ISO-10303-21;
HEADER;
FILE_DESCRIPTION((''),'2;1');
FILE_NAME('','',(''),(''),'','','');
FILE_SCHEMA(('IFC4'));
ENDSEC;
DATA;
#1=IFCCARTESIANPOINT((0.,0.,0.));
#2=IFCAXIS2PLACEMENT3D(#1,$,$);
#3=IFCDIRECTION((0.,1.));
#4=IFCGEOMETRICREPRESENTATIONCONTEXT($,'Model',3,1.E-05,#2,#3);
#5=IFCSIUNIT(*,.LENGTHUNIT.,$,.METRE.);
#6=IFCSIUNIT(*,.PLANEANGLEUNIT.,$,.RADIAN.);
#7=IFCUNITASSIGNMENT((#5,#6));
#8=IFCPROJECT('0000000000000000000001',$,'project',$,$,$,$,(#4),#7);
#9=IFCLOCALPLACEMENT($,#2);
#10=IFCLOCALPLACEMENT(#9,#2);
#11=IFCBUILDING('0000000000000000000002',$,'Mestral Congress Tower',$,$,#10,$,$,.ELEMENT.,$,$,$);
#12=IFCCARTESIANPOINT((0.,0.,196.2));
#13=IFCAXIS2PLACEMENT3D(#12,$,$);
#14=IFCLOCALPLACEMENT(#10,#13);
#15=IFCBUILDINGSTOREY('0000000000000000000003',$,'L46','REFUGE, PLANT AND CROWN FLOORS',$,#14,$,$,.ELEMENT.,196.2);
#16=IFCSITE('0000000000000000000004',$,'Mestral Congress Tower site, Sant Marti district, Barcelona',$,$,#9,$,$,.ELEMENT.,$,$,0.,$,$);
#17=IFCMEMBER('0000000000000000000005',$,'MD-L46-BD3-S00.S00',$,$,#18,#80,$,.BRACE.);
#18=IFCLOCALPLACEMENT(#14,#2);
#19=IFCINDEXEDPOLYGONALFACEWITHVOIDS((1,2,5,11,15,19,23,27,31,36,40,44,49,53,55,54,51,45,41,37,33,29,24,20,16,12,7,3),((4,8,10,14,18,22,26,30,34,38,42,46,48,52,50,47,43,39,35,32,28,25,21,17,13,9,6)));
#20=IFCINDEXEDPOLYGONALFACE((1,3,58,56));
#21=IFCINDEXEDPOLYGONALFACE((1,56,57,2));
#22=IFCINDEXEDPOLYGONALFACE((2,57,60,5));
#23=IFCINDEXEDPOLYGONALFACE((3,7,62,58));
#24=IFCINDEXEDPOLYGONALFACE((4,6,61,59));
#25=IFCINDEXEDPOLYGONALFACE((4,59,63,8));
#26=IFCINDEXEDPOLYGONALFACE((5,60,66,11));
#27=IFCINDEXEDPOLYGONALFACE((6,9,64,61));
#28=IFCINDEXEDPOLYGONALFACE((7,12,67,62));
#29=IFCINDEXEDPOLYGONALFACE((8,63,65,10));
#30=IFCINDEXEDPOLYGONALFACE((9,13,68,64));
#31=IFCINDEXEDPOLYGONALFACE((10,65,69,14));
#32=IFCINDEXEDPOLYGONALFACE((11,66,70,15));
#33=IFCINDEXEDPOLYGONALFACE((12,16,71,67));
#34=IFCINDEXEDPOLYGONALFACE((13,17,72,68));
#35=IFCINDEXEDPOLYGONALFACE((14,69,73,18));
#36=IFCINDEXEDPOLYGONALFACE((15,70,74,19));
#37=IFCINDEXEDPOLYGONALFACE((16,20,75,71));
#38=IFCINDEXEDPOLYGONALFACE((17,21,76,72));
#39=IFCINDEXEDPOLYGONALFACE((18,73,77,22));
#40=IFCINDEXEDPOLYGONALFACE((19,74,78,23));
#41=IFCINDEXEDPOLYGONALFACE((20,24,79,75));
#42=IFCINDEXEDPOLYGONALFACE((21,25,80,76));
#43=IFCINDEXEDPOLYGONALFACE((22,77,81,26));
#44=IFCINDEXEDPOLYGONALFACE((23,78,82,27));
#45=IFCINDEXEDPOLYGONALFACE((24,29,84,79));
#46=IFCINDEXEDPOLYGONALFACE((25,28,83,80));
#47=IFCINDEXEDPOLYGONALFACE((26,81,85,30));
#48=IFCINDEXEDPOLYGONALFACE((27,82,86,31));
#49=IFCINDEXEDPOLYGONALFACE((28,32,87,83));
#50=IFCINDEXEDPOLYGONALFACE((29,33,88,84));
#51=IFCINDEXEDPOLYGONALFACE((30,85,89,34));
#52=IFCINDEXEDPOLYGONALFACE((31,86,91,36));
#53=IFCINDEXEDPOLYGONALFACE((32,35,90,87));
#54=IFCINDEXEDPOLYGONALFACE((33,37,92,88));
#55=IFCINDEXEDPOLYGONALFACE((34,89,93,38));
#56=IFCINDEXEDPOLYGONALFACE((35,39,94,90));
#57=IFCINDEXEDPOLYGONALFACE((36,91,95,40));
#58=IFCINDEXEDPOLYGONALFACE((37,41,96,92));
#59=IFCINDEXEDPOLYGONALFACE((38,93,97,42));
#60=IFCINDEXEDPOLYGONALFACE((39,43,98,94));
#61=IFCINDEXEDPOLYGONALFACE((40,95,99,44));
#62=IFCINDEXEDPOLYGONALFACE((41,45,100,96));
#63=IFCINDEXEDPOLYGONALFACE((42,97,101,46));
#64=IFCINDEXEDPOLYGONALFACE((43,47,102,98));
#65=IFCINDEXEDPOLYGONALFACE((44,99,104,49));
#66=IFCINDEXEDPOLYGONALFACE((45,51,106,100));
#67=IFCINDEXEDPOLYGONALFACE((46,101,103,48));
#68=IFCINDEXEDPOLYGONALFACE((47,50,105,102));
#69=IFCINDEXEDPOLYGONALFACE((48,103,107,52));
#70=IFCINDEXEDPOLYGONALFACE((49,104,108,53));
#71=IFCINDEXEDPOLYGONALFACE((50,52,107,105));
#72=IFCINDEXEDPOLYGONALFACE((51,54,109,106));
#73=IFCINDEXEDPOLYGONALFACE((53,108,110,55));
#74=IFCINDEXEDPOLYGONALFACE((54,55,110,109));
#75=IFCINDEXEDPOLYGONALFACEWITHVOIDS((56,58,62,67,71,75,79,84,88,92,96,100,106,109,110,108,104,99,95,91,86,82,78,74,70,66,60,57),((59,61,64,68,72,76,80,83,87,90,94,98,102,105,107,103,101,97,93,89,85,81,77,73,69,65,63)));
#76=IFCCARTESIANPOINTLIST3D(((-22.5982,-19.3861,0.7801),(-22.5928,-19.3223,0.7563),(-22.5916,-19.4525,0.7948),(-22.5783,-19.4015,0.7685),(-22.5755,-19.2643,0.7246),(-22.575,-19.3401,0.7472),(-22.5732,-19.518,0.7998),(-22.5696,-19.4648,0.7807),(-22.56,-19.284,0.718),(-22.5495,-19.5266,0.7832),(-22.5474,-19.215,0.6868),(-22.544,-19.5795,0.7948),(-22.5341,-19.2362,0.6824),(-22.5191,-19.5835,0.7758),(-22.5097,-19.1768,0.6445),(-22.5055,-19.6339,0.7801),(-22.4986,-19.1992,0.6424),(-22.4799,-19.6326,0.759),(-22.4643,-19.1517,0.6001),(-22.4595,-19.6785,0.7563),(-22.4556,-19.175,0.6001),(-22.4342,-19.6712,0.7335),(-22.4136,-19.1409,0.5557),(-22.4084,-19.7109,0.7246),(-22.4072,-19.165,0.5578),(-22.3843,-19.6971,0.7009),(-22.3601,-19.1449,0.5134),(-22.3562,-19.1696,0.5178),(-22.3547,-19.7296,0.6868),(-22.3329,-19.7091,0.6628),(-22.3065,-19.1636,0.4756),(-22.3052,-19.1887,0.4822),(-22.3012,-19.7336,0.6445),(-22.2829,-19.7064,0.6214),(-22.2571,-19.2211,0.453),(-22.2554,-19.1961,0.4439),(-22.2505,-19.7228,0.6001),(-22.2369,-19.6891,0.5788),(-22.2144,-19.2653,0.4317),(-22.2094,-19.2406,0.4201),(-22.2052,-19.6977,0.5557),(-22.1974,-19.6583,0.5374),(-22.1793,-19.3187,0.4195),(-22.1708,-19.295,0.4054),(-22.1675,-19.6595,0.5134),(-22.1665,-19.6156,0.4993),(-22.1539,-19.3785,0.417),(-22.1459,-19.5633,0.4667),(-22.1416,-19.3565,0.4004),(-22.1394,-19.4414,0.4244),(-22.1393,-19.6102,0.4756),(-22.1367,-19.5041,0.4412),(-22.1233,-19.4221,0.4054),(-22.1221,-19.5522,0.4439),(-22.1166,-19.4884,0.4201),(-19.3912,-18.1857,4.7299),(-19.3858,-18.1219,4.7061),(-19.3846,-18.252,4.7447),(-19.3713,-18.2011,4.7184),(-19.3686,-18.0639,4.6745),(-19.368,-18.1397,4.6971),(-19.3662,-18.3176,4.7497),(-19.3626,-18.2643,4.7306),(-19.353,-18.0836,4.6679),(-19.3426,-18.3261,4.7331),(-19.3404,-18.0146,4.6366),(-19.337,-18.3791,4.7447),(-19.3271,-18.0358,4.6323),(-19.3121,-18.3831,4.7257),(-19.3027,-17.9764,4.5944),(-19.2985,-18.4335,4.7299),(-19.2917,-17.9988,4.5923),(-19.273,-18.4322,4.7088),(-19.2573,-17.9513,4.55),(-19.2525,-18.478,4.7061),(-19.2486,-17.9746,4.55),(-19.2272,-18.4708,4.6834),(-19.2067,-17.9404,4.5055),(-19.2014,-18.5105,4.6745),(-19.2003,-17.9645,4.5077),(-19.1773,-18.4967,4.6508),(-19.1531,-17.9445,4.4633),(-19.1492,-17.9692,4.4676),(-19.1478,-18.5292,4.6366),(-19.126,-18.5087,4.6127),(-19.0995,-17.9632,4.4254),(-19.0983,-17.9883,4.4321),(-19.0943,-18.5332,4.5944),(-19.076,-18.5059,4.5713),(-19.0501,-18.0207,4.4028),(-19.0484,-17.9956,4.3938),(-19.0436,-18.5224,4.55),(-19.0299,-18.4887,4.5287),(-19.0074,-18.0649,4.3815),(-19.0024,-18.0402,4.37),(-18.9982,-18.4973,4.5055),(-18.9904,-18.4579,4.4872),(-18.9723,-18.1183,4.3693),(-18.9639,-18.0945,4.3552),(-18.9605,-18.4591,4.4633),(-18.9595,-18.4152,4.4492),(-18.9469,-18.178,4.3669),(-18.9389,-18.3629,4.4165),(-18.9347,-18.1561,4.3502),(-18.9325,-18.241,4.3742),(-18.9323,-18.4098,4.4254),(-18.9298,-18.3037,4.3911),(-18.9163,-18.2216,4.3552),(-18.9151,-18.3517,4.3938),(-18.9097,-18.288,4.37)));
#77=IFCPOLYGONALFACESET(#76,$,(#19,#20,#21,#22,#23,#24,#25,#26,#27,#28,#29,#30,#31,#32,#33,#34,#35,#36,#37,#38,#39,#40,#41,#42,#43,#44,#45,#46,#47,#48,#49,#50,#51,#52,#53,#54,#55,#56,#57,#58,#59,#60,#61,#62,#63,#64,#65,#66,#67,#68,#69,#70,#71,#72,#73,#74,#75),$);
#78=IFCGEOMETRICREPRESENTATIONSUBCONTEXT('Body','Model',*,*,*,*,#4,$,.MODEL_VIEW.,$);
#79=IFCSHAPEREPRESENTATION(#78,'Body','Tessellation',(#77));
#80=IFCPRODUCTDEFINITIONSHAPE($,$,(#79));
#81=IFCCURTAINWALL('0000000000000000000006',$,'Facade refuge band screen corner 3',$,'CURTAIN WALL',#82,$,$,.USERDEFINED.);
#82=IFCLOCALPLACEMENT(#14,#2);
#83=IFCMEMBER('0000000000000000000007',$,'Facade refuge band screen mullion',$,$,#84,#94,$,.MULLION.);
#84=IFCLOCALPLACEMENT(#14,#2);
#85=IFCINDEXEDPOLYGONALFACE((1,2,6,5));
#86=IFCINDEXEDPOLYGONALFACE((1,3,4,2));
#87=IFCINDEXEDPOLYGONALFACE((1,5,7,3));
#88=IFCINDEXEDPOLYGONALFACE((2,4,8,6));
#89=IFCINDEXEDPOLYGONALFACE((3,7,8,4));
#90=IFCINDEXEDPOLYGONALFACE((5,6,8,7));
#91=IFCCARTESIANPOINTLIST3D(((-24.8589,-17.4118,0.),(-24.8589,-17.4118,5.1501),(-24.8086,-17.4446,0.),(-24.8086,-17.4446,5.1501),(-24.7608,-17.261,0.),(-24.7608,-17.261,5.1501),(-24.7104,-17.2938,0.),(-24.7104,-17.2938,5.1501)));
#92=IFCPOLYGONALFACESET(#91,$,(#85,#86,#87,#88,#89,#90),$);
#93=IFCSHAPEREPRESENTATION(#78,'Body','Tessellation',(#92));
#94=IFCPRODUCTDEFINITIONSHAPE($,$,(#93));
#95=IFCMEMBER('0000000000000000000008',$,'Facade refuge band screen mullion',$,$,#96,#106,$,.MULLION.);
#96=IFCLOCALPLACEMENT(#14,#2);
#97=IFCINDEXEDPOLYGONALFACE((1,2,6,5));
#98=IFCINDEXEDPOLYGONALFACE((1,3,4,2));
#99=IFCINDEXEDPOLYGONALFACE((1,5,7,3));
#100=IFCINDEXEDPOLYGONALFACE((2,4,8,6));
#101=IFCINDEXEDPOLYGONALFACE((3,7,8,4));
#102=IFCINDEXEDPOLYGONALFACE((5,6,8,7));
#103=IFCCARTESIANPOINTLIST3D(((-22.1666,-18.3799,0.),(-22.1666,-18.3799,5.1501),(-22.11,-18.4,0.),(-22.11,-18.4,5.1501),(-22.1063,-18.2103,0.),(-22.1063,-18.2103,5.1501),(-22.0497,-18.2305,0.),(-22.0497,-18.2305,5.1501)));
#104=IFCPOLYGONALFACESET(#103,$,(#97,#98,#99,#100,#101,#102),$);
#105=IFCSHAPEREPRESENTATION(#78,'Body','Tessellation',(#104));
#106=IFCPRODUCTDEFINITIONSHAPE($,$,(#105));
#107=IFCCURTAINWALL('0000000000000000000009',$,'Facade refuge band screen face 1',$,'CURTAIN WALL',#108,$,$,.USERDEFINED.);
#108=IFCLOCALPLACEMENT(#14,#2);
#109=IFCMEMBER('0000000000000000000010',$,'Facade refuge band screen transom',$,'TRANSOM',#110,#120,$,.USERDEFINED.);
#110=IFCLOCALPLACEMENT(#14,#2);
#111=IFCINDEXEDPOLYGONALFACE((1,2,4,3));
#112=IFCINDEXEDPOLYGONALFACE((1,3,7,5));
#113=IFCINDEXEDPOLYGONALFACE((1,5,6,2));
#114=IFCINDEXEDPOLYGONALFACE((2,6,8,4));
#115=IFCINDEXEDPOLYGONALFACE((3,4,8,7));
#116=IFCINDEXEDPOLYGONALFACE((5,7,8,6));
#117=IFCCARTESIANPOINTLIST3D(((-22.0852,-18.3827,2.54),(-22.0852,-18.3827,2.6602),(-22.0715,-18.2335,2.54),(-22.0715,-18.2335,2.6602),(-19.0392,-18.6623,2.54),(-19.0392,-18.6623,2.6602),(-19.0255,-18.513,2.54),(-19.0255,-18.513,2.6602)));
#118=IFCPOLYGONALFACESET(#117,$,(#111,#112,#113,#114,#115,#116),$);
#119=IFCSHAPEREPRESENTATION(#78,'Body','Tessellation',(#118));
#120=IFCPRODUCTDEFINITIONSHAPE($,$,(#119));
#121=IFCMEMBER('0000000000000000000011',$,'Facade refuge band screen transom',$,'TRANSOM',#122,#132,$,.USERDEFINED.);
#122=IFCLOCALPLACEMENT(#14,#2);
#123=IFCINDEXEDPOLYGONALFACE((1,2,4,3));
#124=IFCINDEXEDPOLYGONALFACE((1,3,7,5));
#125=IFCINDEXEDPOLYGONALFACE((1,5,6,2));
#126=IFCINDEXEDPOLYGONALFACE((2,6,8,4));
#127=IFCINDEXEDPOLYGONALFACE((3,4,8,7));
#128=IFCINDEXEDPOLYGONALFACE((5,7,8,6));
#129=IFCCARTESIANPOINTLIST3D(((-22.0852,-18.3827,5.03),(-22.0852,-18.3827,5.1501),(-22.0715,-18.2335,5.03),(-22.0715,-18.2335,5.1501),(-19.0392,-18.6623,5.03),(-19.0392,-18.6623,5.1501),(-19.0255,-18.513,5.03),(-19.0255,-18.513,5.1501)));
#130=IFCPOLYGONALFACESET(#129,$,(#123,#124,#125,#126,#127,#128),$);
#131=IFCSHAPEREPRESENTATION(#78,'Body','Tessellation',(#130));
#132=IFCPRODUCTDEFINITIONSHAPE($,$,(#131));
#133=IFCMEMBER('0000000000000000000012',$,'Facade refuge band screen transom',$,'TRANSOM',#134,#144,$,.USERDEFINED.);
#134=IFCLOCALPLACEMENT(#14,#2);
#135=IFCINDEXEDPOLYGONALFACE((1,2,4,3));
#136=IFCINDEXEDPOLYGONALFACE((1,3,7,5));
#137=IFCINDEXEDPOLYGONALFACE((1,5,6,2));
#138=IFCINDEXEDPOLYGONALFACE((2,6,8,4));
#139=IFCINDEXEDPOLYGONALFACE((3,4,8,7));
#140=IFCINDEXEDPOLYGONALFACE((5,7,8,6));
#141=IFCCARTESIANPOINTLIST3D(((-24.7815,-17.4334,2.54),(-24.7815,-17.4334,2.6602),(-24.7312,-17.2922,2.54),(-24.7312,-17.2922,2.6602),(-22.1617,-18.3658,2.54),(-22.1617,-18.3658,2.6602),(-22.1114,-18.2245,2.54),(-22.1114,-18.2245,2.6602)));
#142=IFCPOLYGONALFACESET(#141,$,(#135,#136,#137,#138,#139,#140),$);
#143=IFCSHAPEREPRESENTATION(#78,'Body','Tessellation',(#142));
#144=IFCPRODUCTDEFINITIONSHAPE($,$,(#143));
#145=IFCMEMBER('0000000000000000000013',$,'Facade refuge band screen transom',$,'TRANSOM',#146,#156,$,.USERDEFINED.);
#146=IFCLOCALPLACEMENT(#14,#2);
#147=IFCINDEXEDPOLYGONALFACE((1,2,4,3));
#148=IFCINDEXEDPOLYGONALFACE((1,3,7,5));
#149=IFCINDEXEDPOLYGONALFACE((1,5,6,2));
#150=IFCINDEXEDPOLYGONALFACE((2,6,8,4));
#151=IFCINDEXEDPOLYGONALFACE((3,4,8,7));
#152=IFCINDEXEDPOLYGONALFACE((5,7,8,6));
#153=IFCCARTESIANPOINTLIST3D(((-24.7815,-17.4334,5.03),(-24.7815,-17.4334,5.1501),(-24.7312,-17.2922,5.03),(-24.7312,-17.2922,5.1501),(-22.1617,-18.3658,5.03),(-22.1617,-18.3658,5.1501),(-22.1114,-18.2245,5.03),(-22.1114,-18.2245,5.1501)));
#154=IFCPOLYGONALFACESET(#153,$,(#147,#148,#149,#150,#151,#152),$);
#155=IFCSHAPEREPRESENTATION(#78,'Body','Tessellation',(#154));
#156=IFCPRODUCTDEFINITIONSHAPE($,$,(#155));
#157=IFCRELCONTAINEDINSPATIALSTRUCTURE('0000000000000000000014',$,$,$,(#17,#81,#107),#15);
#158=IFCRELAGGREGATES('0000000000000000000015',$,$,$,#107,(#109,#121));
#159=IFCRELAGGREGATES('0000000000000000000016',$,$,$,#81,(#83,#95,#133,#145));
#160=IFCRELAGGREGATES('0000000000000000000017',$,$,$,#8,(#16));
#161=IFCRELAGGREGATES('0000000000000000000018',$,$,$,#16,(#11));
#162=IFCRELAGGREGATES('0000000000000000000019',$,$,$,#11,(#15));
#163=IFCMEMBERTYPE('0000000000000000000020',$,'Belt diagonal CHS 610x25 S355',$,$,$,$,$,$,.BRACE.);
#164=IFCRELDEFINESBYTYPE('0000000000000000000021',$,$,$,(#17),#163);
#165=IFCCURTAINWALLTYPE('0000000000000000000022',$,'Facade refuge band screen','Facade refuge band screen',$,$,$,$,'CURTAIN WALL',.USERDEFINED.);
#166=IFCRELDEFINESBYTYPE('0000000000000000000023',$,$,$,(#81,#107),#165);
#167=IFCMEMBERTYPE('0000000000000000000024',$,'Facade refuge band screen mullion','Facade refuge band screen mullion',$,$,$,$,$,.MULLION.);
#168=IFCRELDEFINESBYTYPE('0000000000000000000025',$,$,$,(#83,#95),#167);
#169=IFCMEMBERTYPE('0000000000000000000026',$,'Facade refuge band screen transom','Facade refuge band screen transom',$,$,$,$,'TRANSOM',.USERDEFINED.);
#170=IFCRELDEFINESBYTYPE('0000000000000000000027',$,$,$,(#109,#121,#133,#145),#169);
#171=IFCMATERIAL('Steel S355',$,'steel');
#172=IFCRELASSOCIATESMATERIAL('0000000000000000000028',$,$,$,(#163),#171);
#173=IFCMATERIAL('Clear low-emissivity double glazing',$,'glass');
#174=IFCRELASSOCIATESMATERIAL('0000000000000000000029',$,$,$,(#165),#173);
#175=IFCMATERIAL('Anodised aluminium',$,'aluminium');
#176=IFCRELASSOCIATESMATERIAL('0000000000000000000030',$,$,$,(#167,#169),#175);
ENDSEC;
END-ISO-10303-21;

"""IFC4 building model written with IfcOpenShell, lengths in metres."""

from ifc_helpers import new_model, si_unit, direction, frame, origin, origin_2d, place, context, subcontext, project, spatial, rectangle, hollow_circle, extrude, material, material_profile, profile_set, type_object, element, aggregate, save


model = new_model("IFC4")

# Units and contexts
model_context = context("Model", 3, precision=1e-05, world=origin(), true_north=direction((0.0, 1.0)))
body_context = subcontext(model_context, "Body", "Model", "MODEL_VIEW")
ifc_project = project(units=[si_unit("LENGTHUNIT", "METRE"), si_unit("PLANEANGLEUNIT", "RADIAN")], contexts=[model_context])

# Site, building, storey
site_placement = place(None, origin())
site = spatial("IfcSite", under=ifc_project, at=site_placement, Name="Mestral Congress Tower site, Sant Marti district, Barcelona", CompositionType="ELEMENT", RefElevation=0.0)
building_placement = place(site_placement, origin())
building = spatial("IfcBuilding", under=site, at=building_placement, Name="Mestral Congress Tower", CompositionType="ELEMENT")
storey_placement = place(building_placement, frame((0.0, 0.0, 196.2)))
storey = spatial("IfcBuildingStorey", under=building, at=storey_placement, Name="L46", Description="REFUGE, PLANT AND CROWN FLOORS", CompositionType="ELEMENT", Elevation=196.2)

# Member
ifc_material_1 = material(Name="Steel S355", Category="steel")
ifc_material_profile_1 = material_profile(ifc_material_1, hollow_circle(Radius=0.3049, WallThickness=0.0249, at=origin_2d()), Name="CHS 610x25")
ifc_profile_set_1 = profile_set([ifc_material_profile_1], Name="Steel S355")
member_type_1 = type_object("IfcMemberType", Name="Belt diagonal CHS 610x25 S355", PredefinedType="BRACE", material=ifc_profile_set_1)
member_1_placement = place(storey_placement, frame((-22.3574, -19.4373, 0.6001), z_axis=(0.613476, 0.229633, 0.75559), x_axis=(-0.350561, 0.93654, 0.0)))
element("IfcMember", 1, at=member_1_placement, inside=storey, type_object=member_type_1, Name="MD-L46-BD3-S00.S00", PredefinedType="BRACE", context=body_context, shape_type="SweptSolid", body=[
    extrude(hollow_circle(Radius=0.3049, WallThickness=0.0249, at=origin_2d()), origin(), (0.0, 0.0, 1.0), 5.2275),
])

# Curtain walls, members
ifc_material_2 = material(Name="Clear low-emissivity double glazing", Category="glass")
curtain_wall_type = type_object("IfcCurtainWallType", Name="Facade refuge band screen", Description="Facade refuge band screen", ElementType="CURTAIN WALL", PredefinedType="USERDEFINED", material=ifc_material_2)
placement = place(storey_placement, origin())
curtain_wall_1 = element("IfcCurtainWall", 2, at=placement, inside=storey, type_object=curtain_wall_type, Name="Facade refuge band screen corner 3", ObjectType="CURTAIN WALL", PredefinedType="USERDEFINED")
ifc_material_3 = material(Name="Anodised aluminium", Category="aluminium")
ifc_material_profile_2 = material_profile(ifc_material_3, rectangle(XDim=0.1799, YDim=0.0601, at=origin_2d()), Name="CW3 mullion 180 x 60")
ifc_profile_set_2 = profile_set([ifc_material_profile_2], Name="Anodised aluminium")
member_type_2 = type_object("IfcMemberType", Name="Facade refuge band screen mullion", Description="Facade refuge band screen mullion", PredefinedType="MULLION", material=ifc_profile_set_2)
member_2_placement = place(storey_placement, frame((-24.7847, -17.3528, 0.0), z_axis=(0.0, 0.0, 1.0), x_axis=(-0.545526, -0.838094, 0.0)))
member_2 = element("IfcMember", 3, at=member_2_placement, type_object=member_type_2, Name="Facade refuge band screen mullion", PredefinedType="MULLION", context=body_context, shape_type="SweptSolid", body=[
    extrude(rectangle(XDim=0.1799, YDim=0.0601, at=origin_2d()), origin(), (0.0, 0.0, 1.0), 5.1501),
])
member_3_placement = place(storey_placement, frame((-22.1082, -18.3052, 0.0), z_axis=(0.0, 0.0, 1.0), x_axis=(-0.335302, -0.942111, 0.0)))
member_3 = element("IfcMember", 4, at=member_3_placement, type_object=member_type_2, Name="Facade refuge band screen mullion", PredefinedType="MULLION", context=body_context, shape_type="SweptSolid", body=[
    extrude(rectangle(XDim=0.1799, YDim=0.0601, at=origin_2d()), origin(), (0.0, 0.0, 1.0), 5.1501),
])
curtain_wall_2 = element("IfcCurtainWall", 5, at=placement, inside=storey, type_object=curtain_wall_type, Name="Facade refuge band screen face 1", ObjectType="CURTAIN WALL", PredefinedType="USERDEFINED")
ifc_material_profile_3 = material_profile(ifc_material_3, rectangle(XDim=0.1499, YDim=0.1201, at=origin_2d()), Name="CW3 transom 150 x 120")
ifc_profile_set_3 = profile_set([ifc_material_profile_3], Name="Anodised aluminium")
member_type_3 = type_object("IfcMemberType", Name="Facade refuge band screen transom", Description="Facade refuge band screen transom", ElementType="TRANSOM", PredefinedType="USERDEFINED", material=ifc_profile_set_3)
member_4_placement = place(storey_placement, frame((-22.0784, -18.3081, 2.6001), z_axis=(0.995816, -0.091385, 0.0), x_axis=(0.091385, 0.995816, 0.0)))
member_4 = element("IfcMember", 6, at=member_4_placement, type_object=member_type_3, Name="Facade refuge band screen transom", ObjectType="TRANSOM", PredefinedType="USERDEFINED", context=body_context, shape_type="SweptSolid", body=[
    extrude(rectangle(XDim=0.1499, YDim=0.1201, at=origin_2d()), origin(), (0.0, 0.0, 1.0), 3.0588),
])
member_5_placement = place(storey_placement, frame((-22.0784, -18.3081, 5.0901), z_axis=(0.995816, -0.091385, 0.0), x_axis=(0.091385, 0.995816, 0.0)))
member_5 = element("IfcMember", 7, at=member_5_placement, type_object=member_type_3, Name="Facade refuge band screen transom", ObjectType="TRANSOM", PredefinedType="USERDEFINED", context=body_context, shape_type="SweptSolid", body=[
    extrude(rectangle(XDim=0.1499, YDim=0.1201, at=origin_2d()), origin(), (0.0, 0.0, 1.0), 3.0588),
])

# Members
member_6_placement = place(storey_placement, frame((-24.7563, -17.3628, 2.6001), z_axis=(0.942117, -0.335285, 0.0), x_axis=(0.335285, 0.942117, 0.0)))
member_6 = element("IfcMember", 8, at=member_6_placement, type_object=member_type_3, Name="Facade refuge band screen transom", ObjectType="TRANSOM", PredefinedType="USERDEFINED", context=body_context, shape_type="SweptSolid", body=[
    extrude(rectangle(XDim=0.1499, YDim=0.1201, at=origin_2d()), origin(), (0.0, 0.0, 1.0), 2.7808),
])
member_7_placement = place(storey_placement, frame((-24.7563, -17.3628, 5.0901), z_axis=(0.942117, -0.335285, 0.0), x_axis=(0.335285, 0.942117, 0.0)))
member_7 = element("IfcMember", 9, at=member_7_placement, type_object=member_type_3, Name="Facade refuge band screen transom", ObjectType="TRANSOM", PredefinedType="USERDEFINED", context=body_context, shape_type="SweptSolid", body=[
    extrude(rectangle(XDim=0.1499, YDim=0.1201, at=origin_2d()), origin(), (0.0, 0.0, 1.0), 2.7808),
])

aggregate(curtain_wall_2, [member_4, member_5])
aggregate(curtain_wall_1, [member_2, member_3, member_6, member_7])

save(model, "model.ifc")
